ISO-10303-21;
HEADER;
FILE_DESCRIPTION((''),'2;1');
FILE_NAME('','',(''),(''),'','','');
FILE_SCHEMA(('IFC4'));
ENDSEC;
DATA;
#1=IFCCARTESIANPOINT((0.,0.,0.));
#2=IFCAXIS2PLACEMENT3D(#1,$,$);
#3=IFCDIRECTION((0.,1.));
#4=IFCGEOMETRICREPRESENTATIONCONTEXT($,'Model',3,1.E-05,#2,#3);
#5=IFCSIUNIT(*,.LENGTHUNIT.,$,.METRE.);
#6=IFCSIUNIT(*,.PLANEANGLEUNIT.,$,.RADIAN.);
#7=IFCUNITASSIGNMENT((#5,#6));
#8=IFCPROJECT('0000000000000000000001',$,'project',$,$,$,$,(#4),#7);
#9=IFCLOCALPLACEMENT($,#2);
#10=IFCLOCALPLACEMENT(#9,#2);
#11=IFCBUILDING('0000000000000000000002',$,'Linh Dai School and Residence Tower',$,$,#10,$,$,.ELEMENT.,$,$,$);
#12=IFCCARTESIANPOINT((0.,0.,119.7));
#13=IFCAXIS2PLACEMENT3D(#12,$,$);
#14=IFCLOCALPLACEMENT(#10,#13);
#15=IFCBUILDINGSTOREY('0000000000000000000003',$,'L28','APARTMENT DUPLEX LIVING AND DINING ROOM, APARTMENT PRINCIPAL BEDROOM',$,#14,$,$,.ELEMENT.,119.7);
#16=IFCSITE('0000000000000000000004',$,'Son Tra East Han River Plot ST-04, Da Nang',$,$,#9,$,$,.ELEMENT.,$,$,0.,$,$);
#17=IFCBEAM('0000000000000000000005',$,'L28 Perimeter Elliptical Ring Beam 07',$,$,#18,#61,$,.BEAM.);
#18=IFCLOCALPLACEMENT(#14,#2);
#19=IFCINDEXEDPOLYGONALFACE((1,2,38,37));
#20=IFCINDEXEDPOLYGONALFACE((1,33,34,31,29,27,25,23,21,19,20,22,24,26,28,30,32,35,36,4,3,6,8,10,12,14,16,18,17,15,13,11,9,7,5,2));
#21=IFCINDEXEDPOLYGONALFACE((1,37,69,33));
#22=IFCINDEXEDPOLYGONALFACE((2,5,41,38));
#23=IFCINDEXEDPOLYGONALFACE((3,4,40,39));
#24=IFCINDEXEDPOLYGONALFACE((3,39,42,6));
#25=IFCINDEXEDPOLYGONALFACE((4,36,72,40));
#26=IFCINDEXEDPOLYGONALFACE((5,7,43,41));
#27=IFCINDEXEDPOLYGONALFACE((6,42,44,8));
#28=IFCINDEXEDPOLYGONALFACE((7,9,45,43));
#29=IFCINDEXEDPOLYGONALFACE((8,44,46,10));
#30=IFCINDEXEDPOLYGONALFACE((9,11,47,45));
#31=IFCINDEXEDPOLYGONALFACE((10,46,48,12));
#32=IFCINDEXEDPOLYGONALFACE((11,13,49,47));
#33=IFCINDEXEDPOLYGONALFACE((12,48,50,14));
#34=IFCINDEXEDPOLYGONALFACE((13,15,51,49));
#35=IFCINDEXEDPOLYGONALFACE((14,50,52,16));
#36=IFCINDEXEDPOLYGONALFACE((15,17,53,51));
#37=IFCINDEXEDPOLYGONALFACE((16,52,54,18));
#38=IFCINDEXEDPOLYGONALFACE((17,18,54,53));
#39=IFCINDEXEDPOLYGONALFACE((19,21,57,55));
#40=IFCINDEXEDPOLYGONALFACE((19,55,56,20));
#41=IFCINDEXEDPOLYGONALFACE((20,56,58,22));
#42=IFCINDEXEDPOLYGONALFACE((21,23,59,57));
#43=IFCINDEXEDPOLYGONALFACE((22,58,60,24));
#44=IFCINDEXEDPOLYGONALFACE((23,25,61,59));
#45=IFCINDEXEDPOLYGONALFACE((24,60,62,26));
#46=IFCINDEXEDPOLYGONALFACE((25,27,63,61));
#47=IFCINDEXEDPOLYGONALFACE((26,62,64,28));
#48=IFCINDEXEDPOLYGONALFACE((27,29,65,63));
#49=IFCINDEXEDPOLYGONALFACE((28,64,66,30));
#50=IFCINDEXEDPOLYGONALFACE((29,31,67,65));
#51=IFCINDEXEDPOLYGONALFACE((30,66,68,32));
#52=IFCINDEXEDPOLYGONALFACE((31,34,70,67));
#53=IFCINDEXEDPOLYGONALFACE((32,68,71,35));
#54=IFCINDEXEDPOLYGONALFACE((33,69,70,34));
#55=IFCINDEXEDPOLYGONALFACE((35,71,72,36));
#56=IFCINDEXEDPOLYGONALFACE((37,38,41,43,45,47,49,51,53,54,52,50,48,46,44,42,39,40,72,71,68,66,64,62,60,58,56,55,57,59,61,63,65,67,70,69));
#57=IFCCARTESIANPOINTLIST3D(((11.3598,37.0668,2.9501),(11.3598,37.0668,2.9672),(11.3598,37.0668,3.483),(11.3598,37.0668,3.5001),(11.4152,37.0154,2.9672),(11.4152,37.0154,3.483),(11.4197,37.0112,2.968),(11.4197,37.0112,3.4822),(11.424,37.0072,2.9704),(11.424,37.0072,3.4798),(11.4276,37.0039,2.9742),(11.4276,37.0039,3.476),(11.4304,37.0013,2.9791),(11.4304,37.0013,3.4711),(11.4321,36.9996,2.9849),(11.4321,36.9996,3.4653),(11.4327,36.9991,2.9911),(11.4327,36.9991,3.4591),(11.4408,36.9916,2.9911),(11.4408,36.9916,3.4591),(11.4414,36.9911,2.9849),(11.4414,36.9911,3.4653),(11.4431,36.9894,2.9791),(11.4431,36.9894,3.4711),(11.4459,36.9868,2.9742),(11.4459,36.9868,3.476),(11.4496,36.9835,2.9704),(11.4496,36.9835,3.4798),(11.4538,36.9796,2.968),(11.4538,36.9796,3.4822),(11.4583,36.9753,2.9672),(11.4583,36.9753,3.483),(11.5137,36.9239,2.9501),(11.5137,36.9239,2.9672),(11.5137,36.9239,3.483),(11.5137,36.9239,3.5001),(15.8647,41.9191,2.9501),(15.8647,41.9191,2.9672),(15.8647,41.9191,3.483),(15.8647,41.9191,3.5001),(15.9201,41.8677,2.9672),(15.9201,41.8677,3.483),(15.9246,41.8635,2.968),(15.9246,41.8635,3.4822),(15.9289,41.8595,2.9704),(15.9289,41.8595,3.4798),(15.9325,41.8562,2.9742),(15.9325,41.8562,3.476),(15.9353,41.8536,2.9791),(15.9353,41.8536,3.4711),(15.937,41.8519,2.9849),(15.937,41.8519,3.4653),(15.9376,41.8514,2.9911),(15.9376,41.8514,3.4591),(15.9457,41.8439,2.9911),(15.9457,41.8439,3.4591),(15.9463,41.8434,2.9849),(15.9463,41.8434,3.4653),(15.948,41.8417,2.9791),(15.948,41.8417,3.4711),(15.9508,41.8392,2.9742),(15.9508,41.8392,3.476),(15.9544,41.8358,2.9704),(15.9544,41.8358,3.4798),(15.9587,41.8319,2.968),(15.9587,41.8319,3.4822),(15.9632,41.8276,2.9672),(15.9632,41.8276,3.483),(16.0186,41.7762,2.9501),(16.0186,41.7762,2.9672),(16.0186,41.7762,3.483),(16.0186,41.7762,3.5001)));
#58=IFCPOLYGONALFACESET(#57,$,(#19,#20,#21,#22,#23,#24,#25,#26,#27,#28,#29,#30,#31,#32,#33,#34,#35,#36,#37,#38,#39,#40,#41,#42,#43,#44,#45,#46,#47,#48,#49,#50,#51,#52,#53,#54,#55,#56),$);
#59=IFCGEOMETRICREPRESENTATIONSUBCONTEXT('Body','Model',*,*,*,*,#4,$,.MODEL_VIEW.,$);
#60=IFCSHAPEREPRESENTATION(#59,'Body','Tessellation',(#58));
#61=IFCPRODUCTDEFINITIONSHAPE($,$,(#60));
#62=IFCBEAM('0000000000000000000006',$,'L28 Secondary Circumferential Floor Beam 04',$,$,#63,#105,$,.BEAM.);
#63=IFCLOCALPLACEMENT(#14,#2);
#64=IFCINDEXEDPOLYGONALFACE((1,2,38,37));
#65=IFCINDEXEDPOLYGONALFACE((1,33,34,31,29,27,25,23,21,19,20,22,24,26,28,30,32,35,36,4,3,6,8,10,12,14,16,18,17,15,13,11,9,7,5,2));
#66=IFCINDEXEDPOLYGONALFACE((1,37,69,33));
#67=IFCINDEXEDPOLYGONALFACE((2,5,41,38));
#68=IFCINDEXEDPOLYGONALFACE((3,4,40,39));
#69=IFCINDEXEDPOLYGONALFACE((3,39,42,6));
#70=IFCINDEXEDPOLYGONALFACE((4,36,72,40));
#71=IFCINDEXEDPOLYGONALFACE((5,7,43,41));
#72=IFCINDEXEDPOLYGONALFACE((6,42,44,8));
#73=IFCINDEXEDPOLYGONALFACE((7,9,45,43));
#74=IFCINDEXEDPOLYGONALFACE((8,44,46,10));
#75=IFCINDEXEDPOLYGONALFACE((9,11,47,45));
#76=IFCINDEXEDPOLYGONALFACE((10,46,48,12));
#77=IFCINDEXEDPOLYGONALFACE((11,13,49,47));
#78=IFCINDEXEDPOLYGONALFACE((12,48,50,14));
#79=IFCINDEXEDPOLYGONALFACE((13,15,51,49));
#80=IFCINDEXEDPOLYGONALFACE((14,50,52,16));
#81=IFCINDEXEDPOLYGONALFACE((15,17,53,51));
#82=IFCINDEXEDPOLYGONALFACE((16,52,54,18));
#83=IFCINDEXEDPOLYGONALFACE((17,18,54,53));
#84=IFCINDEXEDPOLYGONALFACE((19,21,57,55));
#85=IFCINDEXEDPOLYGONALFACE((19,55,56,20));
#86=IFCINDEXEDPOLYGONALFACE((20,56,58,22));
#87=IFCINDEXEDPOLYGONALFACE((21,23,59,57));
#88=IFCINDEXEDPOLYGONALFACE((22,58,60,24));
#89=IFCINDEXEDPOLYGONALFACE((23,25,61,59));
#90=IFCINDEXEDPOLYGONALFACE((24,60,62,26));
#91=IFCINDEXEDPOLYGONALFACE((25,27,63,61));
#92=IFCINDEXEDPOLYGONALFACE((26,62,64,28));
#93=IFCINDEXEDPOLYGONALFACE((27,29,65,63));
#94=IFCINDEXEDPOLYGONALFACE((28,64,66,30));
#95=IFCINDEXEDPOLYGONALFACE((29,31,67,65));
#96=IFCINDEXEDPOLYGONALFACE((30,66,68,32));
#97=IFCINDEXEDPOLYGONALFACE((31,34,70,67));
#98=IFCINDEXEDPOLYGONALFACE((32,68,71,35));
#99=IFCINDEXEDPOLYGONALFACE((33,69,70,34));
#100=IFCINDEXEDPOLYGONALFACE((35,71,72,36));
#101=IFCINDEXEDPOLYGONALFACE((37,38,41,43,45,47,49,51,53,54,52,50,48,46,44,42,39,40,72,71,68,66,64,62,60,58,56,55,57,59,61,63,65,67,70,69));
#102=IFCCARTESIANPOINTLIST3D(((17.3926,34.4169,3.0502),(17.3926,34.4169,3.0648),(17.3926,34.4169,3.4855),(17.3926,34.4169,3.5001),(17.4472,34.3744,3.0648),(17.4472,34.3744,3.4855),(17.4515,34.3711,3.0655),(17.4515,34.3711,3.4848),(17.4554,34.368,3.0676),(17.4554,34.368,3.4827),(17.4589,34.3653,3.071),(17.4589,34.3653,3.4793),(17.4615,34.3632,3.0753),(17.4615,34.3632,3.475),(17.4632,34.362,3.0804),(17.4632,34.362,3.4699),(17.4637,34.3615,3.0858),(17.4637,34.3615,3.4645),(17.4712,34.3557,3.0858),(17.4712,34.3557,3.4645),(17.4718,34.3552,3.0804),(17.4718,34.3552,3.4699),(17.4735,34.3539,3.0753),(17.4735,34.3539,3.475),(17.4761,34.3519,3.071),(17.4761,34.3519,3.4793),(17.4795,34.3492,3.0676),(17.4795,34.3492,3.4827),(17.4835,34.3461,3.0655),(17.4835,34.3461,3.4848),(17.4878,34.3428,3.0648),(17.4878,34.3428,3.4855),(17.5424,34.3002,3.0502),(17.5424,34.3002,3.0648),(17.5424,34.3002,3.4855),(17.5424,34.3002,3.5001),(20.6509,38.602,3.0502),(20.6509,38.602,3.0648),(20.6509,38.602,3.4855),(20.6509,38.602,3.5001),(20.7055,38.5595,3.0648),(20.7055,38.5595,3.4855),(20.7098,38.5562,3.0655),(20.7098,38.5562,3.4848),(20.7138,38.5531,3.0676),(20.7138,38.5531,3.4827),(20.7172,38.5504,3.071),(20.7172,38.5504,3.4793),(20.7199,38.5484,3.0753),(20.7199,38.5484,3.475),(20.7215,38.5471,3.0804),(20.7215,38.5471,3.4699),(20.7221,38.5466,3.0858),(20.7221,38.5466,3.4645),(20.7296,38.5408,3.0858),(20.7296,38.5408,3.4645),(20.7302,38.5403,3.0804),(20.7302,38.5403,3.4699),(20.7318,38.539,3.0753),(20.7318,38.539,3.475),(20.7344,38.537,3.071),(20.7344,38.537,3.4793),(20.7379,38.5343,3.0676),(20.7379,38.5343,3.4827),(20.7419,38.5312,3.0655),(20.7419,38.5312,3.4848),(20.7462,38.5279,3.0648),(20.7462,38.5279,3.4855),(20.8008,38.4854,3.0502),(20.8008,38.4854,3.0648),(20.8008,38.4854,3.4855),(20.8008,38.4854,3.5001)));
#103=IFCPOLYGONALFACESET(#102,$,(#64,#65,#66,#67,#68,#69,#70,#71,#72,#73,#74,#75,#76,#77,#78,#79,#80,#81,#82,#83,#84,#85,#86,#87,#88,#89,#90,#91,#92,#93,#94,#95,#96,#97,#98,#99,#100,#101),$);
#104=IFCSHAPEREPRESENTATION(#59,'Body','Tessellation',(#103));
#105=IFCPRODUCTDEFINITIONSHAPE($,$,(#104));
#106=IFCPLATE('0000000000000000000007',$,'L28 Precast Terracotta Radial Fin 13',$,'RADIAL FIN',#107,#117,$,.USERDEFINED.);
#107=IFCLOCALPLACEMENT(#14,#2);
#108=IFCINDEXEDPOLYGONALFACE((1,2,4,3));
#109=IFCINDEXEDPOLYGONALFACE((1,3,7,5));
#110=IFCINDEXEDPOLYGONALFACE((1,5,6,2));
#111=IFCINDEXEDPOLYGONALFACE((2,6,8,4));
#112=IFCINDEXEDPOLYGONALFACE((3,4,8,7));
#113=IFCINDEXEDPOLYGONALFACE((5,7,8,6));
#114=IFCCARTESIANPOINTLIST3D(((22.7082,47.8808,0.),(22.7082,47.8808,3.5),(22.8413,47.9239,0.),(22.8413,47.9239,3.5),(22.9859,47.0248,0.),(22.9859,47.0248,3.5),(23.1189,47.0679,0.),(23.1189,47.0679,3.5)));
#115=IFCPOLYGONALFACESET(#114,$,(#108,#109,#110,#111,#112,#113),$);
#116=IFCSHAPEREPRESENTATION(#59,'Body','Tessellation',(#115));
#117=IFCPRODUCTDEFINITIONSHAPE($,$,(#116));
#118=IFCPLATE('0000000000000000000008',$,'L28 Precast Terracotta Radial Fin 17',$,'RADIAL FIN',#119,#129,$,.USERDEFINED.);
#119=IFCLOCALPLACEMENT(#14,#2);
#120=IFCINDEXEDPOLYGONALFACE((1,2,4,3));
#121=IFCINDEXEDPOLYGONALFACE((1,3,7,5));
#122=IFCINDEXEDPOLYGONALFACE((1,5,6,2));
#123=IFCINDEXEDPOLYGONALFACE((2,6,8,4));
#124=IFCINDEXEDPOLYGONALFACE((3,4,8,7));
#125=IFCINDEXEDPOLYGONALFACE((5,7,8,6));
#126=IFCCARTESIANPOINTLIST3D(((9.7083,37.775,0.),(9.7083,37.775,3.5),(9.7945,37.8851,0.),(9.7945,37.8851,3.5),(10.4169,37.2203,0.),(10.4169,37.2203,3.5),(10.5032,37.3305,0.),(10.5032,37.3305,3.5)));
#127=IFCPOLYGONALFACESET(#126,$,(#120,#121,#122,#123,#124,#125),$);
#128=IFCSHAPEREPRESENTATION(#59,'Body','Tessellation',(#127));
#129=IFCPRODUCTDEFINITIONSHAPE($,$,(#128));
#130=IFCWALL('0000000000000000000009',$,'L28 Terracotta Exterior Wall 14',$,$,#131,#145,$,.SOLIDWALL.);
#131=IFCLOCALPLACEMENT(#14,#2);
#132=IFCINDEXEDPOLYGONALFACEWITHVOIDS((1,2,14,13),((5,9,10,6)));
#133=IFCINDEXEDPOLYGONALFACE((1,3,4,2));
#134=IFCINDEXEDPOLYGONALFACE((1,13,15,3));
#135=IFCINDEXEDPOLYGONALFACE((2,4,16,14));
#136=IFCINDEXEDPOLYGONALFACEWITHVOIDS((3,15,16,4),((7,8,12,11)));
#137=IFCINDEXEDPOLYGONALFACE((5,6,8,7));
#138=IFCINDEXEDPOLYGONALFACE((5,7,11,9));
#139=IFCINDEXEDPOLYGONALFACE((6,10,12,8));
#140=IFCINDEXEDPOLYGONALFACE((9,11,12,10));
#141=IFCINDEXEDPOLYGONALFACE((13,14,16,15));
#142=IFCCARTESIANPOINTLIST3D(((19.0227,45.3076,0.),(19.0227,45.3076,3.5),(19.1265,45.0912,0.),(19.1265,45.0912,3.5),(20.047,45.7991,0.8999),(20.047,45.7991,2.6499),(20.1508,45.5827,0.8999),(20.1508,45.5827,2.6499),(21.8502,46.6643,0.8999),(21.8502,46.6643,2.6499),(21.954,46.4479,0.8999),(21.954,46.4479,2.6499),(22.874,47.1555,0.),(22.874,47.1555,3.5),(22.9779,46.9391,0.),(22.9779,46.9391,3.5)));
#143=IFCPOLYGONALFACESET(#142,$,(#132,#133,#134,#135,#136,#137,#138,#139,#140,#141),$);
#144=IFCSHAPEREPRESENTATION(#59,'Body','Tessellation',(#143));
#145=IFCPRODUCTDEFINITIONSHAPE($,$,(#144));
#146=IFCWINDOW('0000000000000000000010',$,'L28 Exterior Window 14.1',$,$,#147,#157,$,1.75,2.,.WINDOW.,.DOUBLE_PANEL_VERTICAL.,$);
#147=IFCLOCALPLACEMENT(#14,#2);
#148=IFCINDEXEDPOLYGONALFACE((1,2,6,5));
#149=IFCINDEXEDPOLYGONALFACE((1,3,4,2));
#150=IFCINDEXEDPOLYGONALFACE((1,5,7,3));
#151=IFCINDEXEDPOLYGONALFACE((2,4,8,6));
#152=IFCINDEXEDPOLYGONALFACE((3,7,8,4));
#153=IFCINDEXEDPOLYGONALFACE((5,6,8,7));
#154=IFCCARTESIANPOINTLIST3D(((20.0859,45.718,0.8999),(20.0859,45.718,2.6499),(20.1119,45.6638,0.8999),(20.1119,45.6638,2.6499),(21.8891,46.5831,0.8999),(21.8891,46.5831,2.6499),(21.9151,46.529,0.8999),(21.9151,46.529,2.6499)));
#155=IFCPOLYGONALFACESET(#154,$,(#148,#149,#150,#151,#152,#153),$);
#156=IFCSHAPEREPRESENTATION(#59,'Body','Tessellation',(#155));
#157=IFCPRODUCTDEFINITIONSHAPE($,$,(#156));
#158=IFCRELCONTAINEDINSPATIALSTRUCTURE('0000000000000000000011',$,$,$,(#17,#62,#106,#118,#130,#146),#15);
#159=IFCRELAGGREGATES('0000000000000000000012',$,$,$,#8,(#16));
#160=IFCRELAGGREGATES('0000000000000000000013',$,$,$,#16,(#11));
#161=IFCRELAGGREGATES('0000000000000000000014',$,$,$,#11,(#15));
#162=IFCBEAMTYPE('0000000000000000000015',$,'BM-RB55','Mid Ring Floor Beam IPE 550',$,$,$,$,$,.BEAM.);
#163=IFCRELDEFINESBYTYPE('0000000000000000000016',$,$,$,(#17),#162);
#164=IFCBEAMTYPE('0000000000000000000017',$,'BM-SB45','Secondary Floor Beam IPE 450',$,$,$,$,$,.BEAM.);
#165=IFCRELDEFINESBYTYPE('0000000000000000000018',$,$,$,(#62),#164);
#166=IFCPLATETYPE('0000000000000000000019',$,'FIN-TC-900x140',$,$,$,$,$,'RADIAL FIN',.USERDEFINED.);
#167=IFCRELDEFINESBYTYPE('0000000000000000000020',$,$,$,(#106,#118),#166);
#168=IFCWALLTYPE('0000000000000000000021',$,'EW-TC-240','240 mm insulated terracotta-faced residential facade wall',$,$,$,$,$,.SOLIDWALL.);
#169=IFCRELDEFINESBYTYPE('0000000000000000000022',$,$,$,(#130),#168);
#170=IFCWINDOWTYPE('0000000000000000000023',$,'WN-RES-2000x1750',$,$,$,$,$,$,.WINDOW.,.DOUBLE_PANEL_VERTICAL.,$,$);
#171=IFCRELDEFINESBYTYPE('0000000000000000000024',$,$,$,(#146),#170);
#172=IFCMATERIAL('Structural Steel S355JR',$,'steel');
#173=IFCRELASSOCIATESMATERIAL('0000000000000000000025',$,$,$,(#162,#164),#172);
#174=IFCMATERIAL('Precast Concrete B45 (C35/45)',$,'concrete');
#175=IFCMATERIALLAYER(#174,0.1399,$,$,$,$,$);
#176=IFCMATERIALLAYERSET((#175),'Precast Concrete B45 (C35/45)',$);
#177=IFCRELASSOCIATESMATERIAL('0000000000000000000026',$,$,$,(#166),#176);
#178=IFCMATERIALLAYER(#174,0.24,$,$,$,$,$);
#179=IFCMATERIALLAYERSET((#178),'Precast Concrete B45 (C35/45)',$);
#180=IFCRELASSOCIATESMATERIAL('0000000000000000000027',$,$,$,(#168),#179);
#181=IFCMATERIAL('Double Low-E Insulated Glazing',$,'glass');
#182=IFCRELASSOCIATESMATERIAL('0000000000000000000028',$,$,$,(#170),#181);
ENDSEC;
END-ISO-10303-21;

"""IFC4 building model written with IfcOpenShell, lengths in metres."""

from ifc_helpers import new_model, si_unit, direction, frame, frame_2d, origin, origin_2d, place, context, subcontext, project, spatial, rectangle, i_section, extrude, source, transform, mapped, material, layer, layer_set, material_profile, profile_set, type_object, element, fill, save


model = new_model("IFC4")

# Units and contexts
model_context = context("Model", 3, precision=1e-05, world=origin(), true_north=direction((0.0, 1.0)))
body_context = subcontext(model_context, "Body", "Model", "MODEL_VIEW")
ifc_project = project(units=[si_unit("LENGTHUNIT", "METRE"), si_unit("PLANEANGLEUNIT", "RADIAN")], contexts=[model_context])

# Site, building, storey
site_placement = place(None, origin())
site = spatial("IfcSite", under=ifc_project, at=site_placement, Name="Son Tra East Han River Plot ST-04, Da Nang", CompositionType="ELEMENT", RefElevation=0.0)
building_placement = place(site_placement, origin())
building = spatial("IfcBuilding", under=site, at=building_placement, Name="Linh Dai School and Residence Tower", CompositionType="ELEMENT")
storey_placement = place(building_placement, frame((0.0, 0.0, 119.7)))
storey = spatial("IfcBuildingStorey", under=building, at=storey_placement, Name="L28", Description="APARTMENT DUPLEX LIVING AND DINING ROOM, APARTMENT PRINCIPAL BEDROOM", CompositionType="ELEMENT", Elevation=119.7)

# Shared definitions
ifc_material_1 = material(Name="Structural Steel S355JR", Category="steel")

# Beams
ifc_material_profile_1 = material_profile(ifc_material_1, i_section(OverallWidth=0.21, OverallDepth=0.55, WebThickness=0.011, FlangeThickness=0.0171, FilletRadius=0.0239, at=origin_2d()), Name="IPE 550")
ifc_profile_set_1 = profile_set([ifc_material_profile_1], Name="Structural Steel S355JR")
beam_type_1 = type_object("IfcBeamType", Name="BM-RB55", Description="Mid Ring Floor Beam IPE 550", PredefinedType="BEAM", material=ifc_profile_set_1)
beam_1_placement = place(storey_placement, frame((15.9417, 41.8477, 3.2251), z_axis=(-0.680385, -0.732855, 0.0), x_axis=(0.732855, -0.680385, 0.0)))
element("IfcBeam", 1, at=beam_1_placement, inside=storey, type_object=beam_type_1, Name="L28 Perimeter Elliptical Ring Beam 07", PredefinedType="BEAM", context=body_context, shape_type="SweptSolid", body=[
    extrude(i_section(OverallWidth=0.21, OverallDepth=0.55, WebThickness=0.011, FlangeThickness=0.0171, FilletRadius=0.0239, at=origin_2d()), origin(), (0.0, 0.0, 1.0), 6.6211),
])
ifc_material_profile_2 = material_profile(ifc_material_1, i_section(OverallWidth=0.1899, OverallDepth=0.45, WebThickness=0.0095, FlangeThickness=0.0146, FilletRadius=0.021, at=origin_2d()), Name="IPE 450")
ifc_profile_set_2 = profile_set([ifc_material_profile_2], Name="Structural Steel S355JR")
beam_type_2 = type_object("IfcBeamType", Name="BM-SB45", Description="Secondary Floor Beam IPE 450", PredefinedType="BEAM", material=ifc_profile_set_2)
beam_2_placement = place(storey_placement, frame((20.7258, 38.5437, 3.2751), z_axis=(-0.614323, -0.789055, 0.0), x_axis=(0.789055, -0.614323, 0.0)))
element("IfcBeam", 2, at=beam_2_placement, inside=storey, type_object=beam_type_2, Name="L28 Secondary Circumferential Floor Beam 04", PredefinedType="BEAM", context=body_context, shape_type="SweptSolid", body=[
    extrude(i_section(OverallWidth=0.1899, OverallDepth=0.45, WebThickness=0.0095, FlangeThickness=0.0146, FilletRadius=0.021, at=origin_2d()), origin(), (0.0, 0.0, 1.0), 5.304),
])

# Plates
ifc_material_2 = material(Name="Precast Concrete B45 (C35/45)", Category="concrete")
ifc_layer_1 = layer(ifc_material_2, 0.1399)
ifc_layer_set_1 = layer_set([ifc_layer_1], Name="Precast Concrete B45 (C35/45)")
plate_type = type_object("IfcPlateType", Name="FIN-TC-900x140", ElementType="RADIAL FIN", PredefinedType="USERDEFINED", material=ifc_layer_set_1)
shared_shape_1 = source(origin(), body_context, "Body", "SweptSolid", [
    extrude(rectangle(XDim=0.8999, YDim=0.1399, at=origin_2d()), origin(), (0.0, 0.0, 1.0), 3.5),
])
for number, where, z_axis, x_axis, name in (
    (3, (22.9136, 47.4744, 0.0), (0.0, 0.0, 1.0), (-0.308522, 0.951217, 0.0), "L28 Precast Terracotta Radial Fin 13"),
    (4, (10.1057, 37.5527, 0.0), (0.0, 0.0, 1.0), (-0.787508, 0.616305, 0.0), "L28 Precast Terracotta Radial Fin 17"),
):
    element("IfcPlate", number, at=place(storey_placement, frame(where, z_axis=z_axis, x_axis=x_axis)), inside=storey, type_object=plate_type, Name=name, ObjectType="RADIAL FIN", PredefinedType="USERDEFINED", context=body_context, shape_type="MappedRepresentation", body=[
        mapped(shared_shape_1, transform((0.0, 0.0, 0.0), x_axis=(1.0, 0.0, 0.0), y_axis=(0.0, 1.0, 0.0), z_axis=(0.0, 0.0, 1.0), scale=1.0)),
    ])

# Shared definitions
ifc_layer_2 = layer(ifc_material_2, 0.24)
ifc_layer_set_2 = layer_set([ifc_layer_2], Name="Precast Concrete B45 (C35/45)")
wall_type_1 = type_object("IfcWallType", Name="EW-TC-240", Description="240 mm insulated terracotta-faced residential facade wall", PredefinedType="SOLIDWALL", material=ifc_layer_set_2)

# Wall, opening, window
wall_1_placement = place(storey_placement, frame((19.0747, 45.1995, 0.0), z_axis=(0.0, 0.0, 1.0), x_axis=(0.90159, 0.432592, 0.0)))
wall_1 = element("IfcWall", 5, at=wall_1_placement, inside=storey, type_object=wall_type_1, Name="L28 Terracotta Exterior Wall 14", PredefinedType="SOLIDWALL", context=body_context, shape_type="SweptSolid", body=[
    extrude(rectangle(XDim=4.2717, YDim=0.24, at=frame_2d((2.1357, 0.0))), origin(), (0.0, 0.0, 1.0), 3.5),
])
opening_1_placement = place(wall_1_placement, frame((1.136, 0.0, 0.8999)))
opening_1 = element("IfcOpeningElement", 6, at=opening_1_placement, cuts=wall_1, PredefinedType="OPENING", context=body_context, shape_type="SweptSolid", body=[
    extrude(rectangle(XDim=2.0, YDim=1.75, at=origin_2d()), frame((1.0, 0.1299, 0.875), z_axis=(0.0, -1.0, 0.0), x_axis=(1.0, 0.0, 0.0)), (0.0, 0.0, 1.0), 0.26),
])
ifc_material_3 = material(Name="Double Low-E Insulated Glazing", Category="glass")
window_type = type_object("IfcWindowType", Name="WN-RES-2000x1750", PartitioningType="DOUBLE_PANEL_VERTICAL", PredefinedType="WINDOW", material=ifc_material_3)
shared_shape_2 = source(origin(), body_context, "Body", "SweptSolid", [
    extrude(rectangle(XDim=2.0, YDim=1.75, at=origin_2d()), frame((1.0, 0.03, 0.875), z_axis=(0.0, -1.0, 0.0), x_axis=(1.0, 0.0, 0.0)), (0.0, 0.0, 1.0), 0.0601),
])
window_1_placement = place(opening_1_placement, origin())
window_1 = element("IfcWindow", 7, at=window_1_placement, inside=storey, type_object=window_type, Name="L28 Exterior Window 14.1", OverallHeight=1.75, OverallWidth=2.0, PartitioningType="DOUBLE_PANEL_VERTICAL", PredefinedType="WINDOW", context=body_context, shape_type="MappedRepresentation", body=[
    mapped(shared_shape_2, transform((0.0, 0.0, 0.0), x_axis=(1.0, 0.0, 0.0), y_axis=(0.0, 1.0, 0.0), z_axis=(0.0, 0.0, 1.0), scale=1.0)),
])
fill(opening_1, window_1)

save(model, "model.ifc")
